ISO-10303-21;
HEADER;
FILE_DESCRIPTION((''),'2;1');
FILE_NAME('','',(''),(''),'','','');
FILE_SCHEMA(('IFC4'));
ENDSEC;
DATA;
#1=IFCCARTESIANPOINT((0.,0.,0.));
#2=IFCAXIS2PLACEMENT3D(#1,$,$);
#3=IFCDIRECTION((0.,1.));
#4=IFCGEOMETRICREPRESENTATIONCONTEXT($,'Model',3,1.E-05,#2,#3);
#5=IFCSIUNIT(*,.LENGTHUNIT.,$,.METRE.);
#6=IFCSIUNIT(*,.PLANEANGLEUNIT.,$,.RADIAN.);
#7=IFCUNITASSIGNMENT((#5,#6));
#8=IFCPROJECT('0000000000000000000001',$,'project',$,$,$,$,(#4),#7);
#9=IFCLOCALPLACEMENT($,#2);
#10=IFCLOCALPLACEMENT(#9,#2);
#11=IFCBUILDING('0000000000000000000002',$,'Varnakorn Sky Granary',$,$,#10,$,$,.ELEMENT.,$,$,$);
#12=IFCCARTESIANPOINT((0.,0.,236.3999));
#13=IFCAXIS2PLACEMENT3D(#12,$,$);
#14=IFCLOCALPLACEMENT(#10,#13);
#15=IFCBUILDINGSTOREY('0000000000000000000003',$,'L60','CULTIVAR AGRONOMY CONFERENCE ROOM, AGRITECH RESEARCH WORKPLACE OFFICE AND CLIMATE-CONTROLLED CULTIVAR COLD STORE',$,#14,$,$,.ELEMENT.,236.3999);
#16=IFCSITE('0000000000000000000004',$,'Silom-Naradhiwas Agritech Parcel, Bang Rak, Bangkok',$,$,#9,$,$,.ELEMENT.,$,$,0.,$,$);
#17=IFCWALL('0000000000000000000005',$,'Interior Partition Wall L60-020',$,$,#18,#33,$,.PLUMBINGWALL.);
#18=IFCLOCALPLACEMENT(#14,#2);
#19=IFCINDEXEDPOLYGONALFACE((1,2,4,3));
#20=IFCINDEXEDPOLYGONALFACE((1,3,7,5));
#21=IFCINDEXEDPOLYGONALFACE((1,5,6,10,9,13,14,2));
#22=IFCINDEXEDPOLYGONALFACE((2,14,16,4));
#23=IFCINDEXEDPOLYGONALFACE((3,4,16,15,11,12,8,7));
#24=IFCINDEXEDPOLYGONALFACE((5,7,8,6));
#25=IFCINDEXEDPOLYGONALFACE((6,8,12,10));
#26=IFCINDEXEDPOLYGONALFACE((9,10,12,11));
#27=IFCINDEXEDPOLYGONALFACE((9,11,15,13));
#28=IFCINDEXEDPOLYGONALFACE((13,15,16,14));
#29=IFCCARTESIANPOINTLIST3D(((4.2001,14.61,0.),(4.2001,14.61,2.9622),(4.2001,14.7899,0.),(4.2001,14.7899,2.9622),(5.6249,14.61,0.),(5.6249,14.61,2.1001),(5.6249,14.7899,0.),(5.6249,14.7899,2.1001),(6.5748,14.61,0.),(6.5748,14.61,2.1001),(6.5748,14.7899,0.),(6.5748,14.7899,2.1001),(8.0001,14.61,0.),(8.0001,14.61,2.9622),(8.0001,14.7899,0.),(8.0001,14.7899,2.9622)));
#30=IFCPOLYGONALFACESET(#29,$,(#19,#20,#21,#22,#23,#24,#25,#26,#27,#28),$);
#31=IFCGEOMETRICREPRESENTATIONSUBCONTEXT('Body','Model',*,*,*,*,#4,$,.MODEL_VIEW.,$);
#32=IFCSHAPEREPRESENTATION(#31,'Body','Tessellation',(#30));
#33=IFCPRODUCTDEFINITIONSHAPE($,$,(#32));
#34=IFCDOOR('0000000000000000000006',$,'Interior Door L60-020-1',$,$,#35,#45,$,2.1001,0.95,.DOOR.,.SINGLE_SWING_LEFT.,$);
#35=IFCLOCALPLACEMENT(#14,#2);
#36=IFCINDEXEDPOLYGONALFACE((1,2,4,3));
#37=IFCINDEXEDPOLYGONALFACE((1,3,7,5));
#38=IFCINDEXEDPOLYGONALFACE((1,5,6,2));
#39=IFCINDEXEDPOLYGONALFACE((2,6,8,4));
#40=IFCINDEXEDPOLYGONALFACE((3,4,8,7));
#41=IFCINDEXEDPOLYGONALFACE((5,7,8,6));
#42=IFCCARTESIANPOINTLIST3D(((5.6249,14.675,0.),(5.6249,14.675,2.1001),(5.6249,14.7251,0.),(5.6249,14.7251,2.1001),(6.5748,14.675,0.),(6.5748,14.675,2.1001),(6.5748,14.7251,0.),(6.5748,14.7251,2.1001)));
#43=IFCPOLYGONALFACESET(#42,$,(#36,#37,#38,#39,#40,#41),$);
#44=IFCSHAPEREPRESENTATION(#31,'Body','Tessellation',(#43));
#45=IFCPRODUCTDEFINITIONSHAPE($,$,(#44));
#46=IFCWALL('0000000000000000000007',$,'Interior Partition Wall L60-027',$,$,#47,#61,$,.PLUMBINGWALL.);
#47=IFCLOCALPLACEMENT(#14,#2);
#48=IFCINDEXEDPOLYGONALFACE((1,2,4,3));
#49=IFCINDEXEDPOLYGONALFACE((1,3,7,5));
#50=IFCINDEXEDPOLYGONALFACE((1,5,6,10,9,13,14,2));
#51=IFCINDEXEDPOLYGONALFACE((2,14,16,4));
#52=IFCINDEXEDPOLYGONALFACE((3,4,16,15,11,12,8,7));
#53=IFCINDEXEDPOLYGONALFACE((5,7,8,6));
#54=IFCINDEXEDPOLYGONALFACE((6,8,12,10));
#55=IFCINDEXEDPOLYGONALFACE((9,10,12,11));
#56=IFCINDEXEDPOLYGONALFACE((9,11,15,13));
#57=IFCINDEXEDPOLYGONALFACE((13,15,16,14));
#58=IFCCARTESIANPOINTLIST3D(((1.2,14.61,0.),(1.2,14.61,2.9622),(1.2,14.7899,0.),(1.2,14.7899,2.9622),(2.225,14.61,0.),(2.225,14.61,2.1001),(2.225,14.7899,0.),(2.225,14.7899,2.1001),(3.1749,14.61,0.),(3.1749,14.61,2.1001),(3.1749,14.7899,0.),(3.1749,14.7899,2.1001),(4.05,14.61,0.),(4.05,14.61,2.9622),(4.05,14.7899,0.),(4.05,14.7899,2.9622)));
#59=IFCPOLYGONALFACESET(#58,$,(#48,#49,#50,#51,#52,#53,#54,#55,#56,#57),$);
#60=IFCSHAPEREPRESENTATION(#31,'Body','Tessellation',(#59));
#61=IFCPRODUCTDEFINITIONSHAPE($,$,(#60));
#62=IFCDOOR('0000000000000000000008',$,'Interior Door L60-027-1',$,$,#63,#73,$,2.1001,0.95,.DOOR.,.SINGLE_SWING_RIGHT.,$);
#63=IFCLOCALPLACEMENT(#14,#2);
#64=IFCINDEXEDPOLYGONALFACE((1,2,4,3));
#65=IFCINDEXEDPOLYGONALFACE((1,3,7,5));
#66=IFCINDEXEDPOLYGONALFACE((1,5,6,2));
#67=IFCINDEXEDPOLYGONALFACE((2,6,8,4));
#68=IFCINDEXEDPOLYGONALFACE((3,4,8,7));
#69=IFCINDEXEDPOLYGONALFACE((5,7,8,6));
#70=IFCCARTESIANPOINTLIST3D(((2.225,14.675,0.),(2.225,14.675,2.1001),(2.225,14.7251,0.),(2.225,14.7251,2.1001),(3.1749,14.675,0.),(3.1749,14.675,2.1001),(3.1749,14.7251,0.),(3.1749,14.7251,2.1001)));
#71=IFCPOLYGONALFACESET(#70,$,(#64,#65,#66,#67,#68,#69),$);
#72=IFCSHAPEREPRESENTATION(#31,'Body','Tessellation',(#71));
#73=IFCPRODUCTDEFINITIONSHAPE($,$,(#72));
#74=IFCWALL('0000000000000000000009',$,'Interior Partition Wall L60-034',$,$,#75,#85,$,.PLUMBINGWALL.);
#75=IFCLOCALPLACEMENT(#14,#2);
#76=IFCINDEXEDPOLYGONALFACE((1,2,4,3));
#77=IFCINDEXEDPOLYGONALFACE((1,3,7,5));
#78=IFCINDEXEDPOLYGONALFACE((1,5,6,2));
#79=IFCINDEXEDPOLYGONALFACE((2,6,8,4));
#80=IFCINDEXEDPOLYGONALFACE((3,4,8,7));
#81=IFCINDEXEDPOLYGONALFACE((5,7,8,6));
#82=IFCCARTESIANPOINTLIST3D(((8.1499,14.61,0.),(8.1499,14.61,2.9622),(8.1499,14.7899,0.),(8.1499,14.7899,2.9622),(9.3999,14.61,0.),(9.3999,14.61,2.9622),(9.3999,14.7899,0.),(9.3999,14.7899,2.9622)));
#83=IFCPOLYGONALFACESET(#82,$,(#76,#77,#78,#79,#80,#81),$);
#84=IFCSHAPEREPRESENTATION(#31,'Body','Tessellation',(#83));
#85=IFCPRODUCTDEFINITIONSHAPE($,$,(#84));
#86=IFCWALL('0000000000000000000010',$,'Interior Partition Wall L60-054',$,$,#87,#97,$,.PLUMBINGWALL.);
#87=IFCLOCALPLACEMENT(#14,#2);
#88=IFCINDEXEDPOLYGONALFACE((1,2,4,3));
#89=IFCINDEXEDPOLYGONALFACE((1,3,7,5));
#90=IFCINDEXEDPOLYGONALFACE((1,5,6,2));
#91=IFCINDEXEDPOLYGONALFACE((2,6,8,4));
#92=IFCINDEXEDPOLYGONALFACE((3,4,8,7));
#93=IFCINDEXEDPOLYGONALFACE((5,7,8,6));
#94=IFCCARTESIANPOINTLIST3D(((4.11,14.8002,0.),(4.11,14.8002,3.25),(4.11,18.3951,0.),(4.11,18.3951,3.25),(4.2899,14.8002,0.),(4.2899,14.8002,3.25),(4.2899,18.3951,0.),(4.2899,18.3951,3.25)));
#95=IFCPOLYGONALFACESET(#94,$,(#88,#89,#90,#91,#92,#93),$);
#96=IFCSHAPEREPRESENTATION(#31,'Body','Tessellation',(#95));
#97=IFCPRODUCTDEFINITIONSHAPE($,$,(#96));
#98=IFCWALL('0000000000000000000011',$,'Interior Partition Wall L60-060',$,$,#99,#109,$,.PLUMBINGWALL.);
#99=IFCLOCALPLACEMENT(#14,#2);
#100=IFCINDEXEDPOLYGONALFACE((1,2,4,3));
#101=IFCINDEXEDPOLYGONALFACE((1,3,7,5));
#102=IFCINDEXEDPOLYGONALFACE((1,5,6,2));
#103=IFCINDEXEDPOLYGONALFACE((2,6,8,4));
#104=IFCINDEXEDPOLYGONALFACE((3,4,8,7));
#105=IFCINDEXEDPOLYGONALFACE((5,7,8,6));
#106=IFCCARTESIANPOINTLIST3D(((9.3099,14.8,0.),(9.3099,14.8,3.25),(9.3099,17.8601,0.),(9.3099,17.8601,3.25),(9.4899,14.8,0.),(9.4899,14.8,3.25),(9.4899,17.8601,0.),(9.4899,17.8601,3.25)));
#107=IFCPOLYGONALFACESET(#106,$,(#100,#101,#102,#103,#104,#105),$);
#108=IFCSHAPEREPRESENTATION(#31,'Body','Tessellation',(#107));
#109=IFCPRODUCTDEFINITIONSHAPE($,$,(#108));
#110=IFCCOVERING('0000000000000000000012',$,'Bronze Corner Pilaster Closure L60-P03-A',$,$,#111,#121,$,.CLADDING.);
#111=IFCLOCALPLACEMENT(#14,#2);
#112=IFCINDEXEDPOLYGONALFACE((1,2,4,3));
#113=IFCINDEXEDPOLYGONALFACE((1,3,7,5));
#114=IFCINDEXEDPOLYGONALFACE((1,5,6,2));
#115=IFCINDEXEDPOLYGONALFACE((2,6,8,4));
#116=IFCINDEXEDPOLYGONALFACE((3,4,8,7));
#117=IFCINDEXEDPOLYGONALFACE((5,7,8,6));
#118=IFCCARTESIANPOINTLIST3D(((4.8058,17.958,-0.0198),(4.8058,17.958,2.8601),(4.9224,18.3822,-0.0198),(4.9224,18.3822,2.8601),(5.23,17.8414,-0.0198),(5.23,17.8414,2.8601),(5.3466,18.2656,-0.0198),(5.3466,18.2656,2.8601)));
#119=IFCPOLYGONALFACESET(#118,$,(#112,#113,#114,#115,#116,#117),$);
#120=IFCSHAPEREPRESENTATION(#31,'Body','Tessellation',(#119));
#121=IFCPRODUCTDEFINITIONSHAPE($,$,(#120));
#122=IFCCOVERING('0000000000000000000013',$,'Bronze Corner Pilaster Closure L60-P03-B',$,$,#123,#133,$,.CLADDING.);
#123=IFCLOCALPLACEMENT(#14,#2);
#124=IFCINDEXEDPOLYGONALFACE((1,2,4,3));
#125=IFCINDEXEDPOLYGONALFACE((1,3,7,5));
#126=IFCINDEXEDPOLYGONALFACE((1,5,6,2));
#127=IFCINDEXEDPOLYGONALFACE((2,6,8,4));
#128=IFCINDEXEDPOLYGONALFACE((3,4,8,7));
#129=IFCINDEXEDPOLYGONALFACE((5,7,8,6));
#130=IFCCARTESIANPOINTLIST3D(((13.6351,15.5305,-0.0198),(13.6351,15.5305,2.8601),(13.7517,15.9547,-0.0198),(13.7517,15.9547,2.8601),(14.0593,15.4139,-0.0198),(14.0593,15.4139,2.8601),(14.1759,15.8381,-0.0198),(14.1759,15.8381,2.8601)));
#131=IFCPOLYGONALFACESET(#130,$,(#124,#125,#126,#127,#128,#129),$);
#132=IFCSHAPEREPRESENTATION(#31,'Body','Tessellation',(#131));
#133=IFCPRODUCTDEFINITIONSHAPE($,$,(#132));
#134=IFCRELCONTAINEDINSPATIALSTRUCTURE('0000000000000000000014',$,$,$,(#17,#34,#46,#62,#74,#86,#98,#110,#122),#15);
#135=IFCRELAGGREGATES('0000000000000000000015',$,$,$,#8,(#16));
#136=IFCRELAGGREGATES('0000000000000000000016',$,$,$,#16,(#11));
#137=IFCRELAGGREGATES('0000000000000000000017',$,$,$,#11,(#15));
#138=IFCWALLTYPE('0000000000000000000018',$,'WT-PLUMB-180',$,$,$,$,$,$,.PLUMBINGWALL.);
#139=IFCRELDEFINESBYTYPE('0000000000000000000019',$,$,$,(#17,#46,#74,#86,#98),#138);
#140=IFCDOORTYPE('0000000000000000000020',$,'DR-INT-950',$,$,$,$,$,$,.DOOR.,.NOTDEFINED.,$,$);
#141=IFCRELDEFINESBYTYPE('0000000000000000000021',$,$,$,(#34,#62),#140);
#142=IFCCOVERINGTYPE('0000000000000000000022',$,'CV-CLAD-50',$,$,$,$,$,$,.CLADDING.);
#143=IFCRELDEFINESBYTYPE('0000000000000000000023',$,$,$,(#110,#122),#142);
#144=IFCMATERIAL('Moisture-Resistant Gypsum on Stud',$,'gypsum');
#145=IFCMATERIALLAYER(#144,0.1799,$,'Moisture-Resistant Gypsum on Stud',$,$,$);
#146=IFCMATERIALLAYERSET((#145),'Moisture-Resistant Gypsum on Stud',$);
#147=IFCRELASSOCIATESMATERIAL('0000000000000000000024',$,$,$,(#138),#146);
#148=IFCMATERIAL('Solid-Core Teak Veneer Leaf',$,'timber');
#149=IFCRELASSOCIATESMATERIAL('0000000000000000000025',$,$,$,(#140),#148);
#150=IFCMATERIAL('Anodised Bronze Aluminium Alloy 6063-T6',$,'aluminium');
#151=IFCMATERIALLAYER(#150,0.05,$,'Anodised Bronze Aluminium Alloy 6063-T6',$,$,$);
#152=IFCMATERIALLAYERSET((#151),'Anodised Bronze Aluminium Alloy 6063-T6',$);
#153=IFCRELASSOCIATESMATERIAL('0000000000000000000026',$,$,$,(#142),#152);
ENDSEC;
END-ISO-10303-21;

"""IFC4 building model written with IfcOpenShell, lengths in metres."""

from ifc_helpers import new_model, si_unit, direction, frame, frame_2d, origin, origin_2d, place, context, subcontext, project, spatial, rectangle, extrude, source, transform, mapped, material, layer, layer_set, type_object, type_shapes, element, fill, save


model = new_model("IFC4")

# Units and contexts
model_context = context("Model", 3, precision=1e-05, world=origin(), true_north=direction((0.0, 1.0)))
body_context = subcontext(model_context, "Body", "Model", "MODEL_VIEW")
ifc_project = project(units=[si_unit("LENGTHUNIT", "METRE"), si_unit("PLANEANGLEUNIT", "RADIAN")], contexts=[model_context])

# Site, building, storey
site_placement = place(None, origin())
site = spatial("IfcSite", under=ifc_project, at=site_placement, Name="Silom-Naradhiwas Agritech Parcel, Bang Rak, Bangkok", CompositionType="ELEMENT", RefElevation=0.0)
building_placement = place(site_placement, origin())
building = spatial("IfcBuilding", under=site, at=building_placement, Name="Varnakorn Sky Granary", CompositionType="ELEMENT")
storey_placement = place(building_placement, frame((0.0, 0.0, 236.3999)))
storey = spatial("IfcBuildingStorey", under=building, at=storey_placement, Name="L60", Description="CULTIVAR AGRONOMY CONFERENCE ROOM, AGRITECH RESEARCH WORKPLACE OFFICE AND CLIMATE-CONTROLLED CULTIVAR COLD STORE", CompositionType="ELEMENT", Elevation=236.3999)

# Shared definitions
ifc_material_1 = material(Name="Anodised Bronze Aluminium Alloy 6063-T6", Category="aluminium")

# Walls, openings, doors
ifc_material_2 = material(Name="Moisture-Resistant Gypsum on Stud", Category="gypsum")
ifc_layer_1 = layer(ifc_material_2, 0.1799, Name="Moisture-Resistant Gypsum on Stud")
ifc_layer_set_1 = layer_set([ifc_layer_1], Name="Moisture-Resistant Gypsum on Stud")
wall_type_1 = type_object("IfcWallType", Name="WT-PLUMB-180", PredefinedType="PLUMBINGWALL", material=ifc_layer_set_1)
wall_1_placement = place(storey_placement, frame((8.0, 14.7, 0.0), z_axis=(0.0, 0.0, 1.0), x_axis=(-1.0, 0.0, 0.0)))
wall_1 = element("IfcWall", 1, at=wall_1_placement, inside=storey, type_object=wall_type_1, Name="Interior Partition Wall L60-020", PredefinedType="PLUMBINGWALL", context=body_context, shape_type="SweptSolid", body=[
    extrude(rectangle(XDim=3.8, YDim=0.1799, at=frame_2d((1.8999, 0.0))), origin(), (0.0, 0.0, 1.0), 2.9622),
])
opening_1_placement = place(wall_1_placement, frame((1.425, 0.0, 0.0)))
opening_1 = element("IfcOpeningElement", 2, at=opening_1_placement, cuts=wall_1, PredefinedType="OPENING", context=body_context, shape_type="SweptSolid", body=[
    extrude(rectangle(XDim=0.95, YDim=2.1001, at=frame_2d((0.4751, 1.05))), frame((0.0, 0.1001, 0.0), z_axis=(0.0, -1.0, 0.0), x_axis=(1.0, 0.0, 0.0)), (0.0, 0.0, 1.0), 0.2),
])
ifc_material_3 = material(Name="Solid-Core Teak Veneer Leaf", Category="timber")
door_type = type_object("IfcDoorType", Name="DR-INT-950", OperationType="NOTDEFINED", PredefinedType="DOOR", material=ifc_material_3)
door_1_placement = place(opening_1_placement, origin())
door_1 = element("IfcDoor", 3, at=door_1_placement, inside=storey, type_object=door_type, Name="Interior Door L60-020-1", OperationType="SINGLE_SWING_LEFT", OverallHeight=2.1001, OverallWidth=0.95, PredefinedType="DOOR", context=body_context, shape_type="SweptSolid", body=[
    extrude(rectangle(XDim=0.95, YDim=2.1001, at=frame_2d((0.4751, 1.05))), frame((0.0, 0.0249, 0.0), z_axis=(0.0, -1.0, 0.0), x_axis=(1.0, 0.0, 0.0)), (0.0, 0.0, 1.0), 0.05),
])
fill(opening_1, door_1)
wall_2_placement = place(storey_placement, frame((4.05, 14.7, 0.0), z_axis=(0.0, 0.0, 1.0), x_axis=(-1.0, 0.0, 0.0)))
wall_2 = element("IfcWall", 4, at=wall_2_placement, inside=storey, type_object=wall_type_1, Name="Interior Partition Wall L60-027", PredefinedType="PLUMBINGWALL", context=body_context, shape_type="SweptSolid", body=[
    extrude(rectangle(XDim=2.8501, YDim=0.1799, at=frame_2d((1.425, 0.0))), origin(), (0.0, 0.0, 1.0), 2.9622),
])
opening_2_placement = place(wall_2_placement, frame((0.875, 0.0, 0.0)))
opening_2 = element("IfcOpeningElement", 5, at=opening_2_placement, cuts=wall_2, PredefinedType="OPENING", context=body_context, shape_type="SweptSolid", body=[
    extrude(rectangle(XDim=0.95, YDim=2.1001, at=frame_2d((0.4751, 1.05))), frame((0.0, 0.1001, 0.0), z_axis=(0.0, -1.0, 0.0), x_axis=(1.0, 0.0, 0.0)), (0.0, 0.0, 1.0), 0.2),
])
door_2_placement = place(opening_2_placement, origin())
door_2 = element("IfcDoor", 6, at=door_2_placement, inside=storey, type_object=door_type, Name="Interior Door L60-027-1", OperationType="SINGLE_SWING_RIGHT", OverallHeight=2.1001, OverallWidth=0.95, PredefinedType="DOOR", context=body_context, shape_type="SweptSolid", body=[
    extrude(rectangle(XDim=0.95, YDim=2.1001, at=frame_2d((0.4751, 1.05))), frame((0.0, 0.0249, 0.0), z_axis=(0.0, -1.0, 0.0), x_axis=(1.0, 0.0, 0.0)), (0.0, 0.0, 1.0), 0.05),
])
fill(opening_2, door_2)

# Walls
wall_3_placement = place(storey_placement, frame((9.3999, 14.7, 0.0), z_axis=(0.0, 0.0, 1.0), x_axis=(-1.0, 0.0, 0.0)))
element("IfcWall", 7, at=wall_3_placement, inside=storey, type_object=wall_type_1, Name="Interior Partition Wall L60-034", PredefinedType="PLUMBINGWALL", context=body_context, shape_type="SweptSolid", body=[
    extrude(rectangle(XDim=1.25, YDim=0.1799, at=frame_2d((0.625, 0.0))), origin(), (0.0, 0.0, 1.0), 2.9622),
])
wall_4_placement = place(storey_placement, frame((4.2, 18.395, 0.0), z_axis=(0.0, 0.0, 1.0), x_axis=(0.0, -1.0, 0.0)))
element("IfcWall", 8, at=wall_4_placement, inside=storey, type_object=wall_type_1, Name="Interior Partition Wall L60-054", PredefinedType="PLUMBINGWALL", context=body_context, shape_type="SweptSolid", body=[
    extrude(rectangle(XDim=3.595, YDim=0.1799, at=frame_2d((1.7974, 0.0))), origin(), (0.0, 0.0, 1.0), 3.25),
])
wall_5_placement = place(storey_placement, frame((9.3999, 14.8, 0.0), z_axis=(0.0, 0.0, 1.0), x_axis=(0.0, 1.0, 0.0)))
element("IfcWall", 9, at=wall_5_placement, inside=storey, type_object=wall_type_1, Name="Interior Partition Wall L60-060", PredefinedType="PLUMBINGWALL", context=body_context, shape_type="SweptSolid", body=[
    extrude(rectangle(XDim=3.0601, YDim=0.1799, at=frame_2d((1.53, 0.0))), origin(), (0.0, 0.0, 1.0), 3.25),
])

# Coverings
ifc_layer_2 = layer(ifc_material_1, 0.05, Name="Anodised Bronze Aluminium Alloy 6063-T6")
ifc_layer_set_2 = layer_set([ifc_layer_2], Name="Anodised Bronze Aluminium Alloy 6063-T6")
covering_type = type_object("IfcCoveringType", Name="CV-CLAD-50", PredefinedType="CLADDING", material=ifc_layer_set_2)
shared_shape = source(origin(), body_context, "Body", "SweptSolid", [
    extrude(rectangle(XDim=0.4399, YDim=0.4399, at=origin_2d()), origin(), (0.0, 0.0, 1.0), 2.8799),
])
type_shapes(covering_type, [shared_shape])
for number, where, z_axis, x_axis, name in (
    (10, (5.0762, 18.1118, -0.0198), (0.0, 0.0, 1.0), (0.964234, -0.265051, 0.0), "Bronze Corner Pilaster Closure L60-P03-A"),
    (11, (13.9055, 15.6843, -0.0198), (0.0, 0.0, 1.0), (0.964234, -0.265051, 0.0), "Bronze Corner Pilaster Closure L60-P03-B"),
):
    element("IfcCovering", number, at=place(storey_placement, frame(where, z_axis=z_axis, x_axis=x_axis)), inside=storey, type_object=covering_type, Name=name, PredefinedType="CLADDING", context=body_context, shape_type="MappedRepresentation", body=[
        mapped(shared_shape, transform((0.0, 0.0, 0.0), x_axis=(1.0, 0.0, 0.0), y_axis=(0.0, 1.0, 0.0), z_axis=(0.0, 0.0, 1.0), scale=1.0)),
    ])

save(model, "model.ifc")
